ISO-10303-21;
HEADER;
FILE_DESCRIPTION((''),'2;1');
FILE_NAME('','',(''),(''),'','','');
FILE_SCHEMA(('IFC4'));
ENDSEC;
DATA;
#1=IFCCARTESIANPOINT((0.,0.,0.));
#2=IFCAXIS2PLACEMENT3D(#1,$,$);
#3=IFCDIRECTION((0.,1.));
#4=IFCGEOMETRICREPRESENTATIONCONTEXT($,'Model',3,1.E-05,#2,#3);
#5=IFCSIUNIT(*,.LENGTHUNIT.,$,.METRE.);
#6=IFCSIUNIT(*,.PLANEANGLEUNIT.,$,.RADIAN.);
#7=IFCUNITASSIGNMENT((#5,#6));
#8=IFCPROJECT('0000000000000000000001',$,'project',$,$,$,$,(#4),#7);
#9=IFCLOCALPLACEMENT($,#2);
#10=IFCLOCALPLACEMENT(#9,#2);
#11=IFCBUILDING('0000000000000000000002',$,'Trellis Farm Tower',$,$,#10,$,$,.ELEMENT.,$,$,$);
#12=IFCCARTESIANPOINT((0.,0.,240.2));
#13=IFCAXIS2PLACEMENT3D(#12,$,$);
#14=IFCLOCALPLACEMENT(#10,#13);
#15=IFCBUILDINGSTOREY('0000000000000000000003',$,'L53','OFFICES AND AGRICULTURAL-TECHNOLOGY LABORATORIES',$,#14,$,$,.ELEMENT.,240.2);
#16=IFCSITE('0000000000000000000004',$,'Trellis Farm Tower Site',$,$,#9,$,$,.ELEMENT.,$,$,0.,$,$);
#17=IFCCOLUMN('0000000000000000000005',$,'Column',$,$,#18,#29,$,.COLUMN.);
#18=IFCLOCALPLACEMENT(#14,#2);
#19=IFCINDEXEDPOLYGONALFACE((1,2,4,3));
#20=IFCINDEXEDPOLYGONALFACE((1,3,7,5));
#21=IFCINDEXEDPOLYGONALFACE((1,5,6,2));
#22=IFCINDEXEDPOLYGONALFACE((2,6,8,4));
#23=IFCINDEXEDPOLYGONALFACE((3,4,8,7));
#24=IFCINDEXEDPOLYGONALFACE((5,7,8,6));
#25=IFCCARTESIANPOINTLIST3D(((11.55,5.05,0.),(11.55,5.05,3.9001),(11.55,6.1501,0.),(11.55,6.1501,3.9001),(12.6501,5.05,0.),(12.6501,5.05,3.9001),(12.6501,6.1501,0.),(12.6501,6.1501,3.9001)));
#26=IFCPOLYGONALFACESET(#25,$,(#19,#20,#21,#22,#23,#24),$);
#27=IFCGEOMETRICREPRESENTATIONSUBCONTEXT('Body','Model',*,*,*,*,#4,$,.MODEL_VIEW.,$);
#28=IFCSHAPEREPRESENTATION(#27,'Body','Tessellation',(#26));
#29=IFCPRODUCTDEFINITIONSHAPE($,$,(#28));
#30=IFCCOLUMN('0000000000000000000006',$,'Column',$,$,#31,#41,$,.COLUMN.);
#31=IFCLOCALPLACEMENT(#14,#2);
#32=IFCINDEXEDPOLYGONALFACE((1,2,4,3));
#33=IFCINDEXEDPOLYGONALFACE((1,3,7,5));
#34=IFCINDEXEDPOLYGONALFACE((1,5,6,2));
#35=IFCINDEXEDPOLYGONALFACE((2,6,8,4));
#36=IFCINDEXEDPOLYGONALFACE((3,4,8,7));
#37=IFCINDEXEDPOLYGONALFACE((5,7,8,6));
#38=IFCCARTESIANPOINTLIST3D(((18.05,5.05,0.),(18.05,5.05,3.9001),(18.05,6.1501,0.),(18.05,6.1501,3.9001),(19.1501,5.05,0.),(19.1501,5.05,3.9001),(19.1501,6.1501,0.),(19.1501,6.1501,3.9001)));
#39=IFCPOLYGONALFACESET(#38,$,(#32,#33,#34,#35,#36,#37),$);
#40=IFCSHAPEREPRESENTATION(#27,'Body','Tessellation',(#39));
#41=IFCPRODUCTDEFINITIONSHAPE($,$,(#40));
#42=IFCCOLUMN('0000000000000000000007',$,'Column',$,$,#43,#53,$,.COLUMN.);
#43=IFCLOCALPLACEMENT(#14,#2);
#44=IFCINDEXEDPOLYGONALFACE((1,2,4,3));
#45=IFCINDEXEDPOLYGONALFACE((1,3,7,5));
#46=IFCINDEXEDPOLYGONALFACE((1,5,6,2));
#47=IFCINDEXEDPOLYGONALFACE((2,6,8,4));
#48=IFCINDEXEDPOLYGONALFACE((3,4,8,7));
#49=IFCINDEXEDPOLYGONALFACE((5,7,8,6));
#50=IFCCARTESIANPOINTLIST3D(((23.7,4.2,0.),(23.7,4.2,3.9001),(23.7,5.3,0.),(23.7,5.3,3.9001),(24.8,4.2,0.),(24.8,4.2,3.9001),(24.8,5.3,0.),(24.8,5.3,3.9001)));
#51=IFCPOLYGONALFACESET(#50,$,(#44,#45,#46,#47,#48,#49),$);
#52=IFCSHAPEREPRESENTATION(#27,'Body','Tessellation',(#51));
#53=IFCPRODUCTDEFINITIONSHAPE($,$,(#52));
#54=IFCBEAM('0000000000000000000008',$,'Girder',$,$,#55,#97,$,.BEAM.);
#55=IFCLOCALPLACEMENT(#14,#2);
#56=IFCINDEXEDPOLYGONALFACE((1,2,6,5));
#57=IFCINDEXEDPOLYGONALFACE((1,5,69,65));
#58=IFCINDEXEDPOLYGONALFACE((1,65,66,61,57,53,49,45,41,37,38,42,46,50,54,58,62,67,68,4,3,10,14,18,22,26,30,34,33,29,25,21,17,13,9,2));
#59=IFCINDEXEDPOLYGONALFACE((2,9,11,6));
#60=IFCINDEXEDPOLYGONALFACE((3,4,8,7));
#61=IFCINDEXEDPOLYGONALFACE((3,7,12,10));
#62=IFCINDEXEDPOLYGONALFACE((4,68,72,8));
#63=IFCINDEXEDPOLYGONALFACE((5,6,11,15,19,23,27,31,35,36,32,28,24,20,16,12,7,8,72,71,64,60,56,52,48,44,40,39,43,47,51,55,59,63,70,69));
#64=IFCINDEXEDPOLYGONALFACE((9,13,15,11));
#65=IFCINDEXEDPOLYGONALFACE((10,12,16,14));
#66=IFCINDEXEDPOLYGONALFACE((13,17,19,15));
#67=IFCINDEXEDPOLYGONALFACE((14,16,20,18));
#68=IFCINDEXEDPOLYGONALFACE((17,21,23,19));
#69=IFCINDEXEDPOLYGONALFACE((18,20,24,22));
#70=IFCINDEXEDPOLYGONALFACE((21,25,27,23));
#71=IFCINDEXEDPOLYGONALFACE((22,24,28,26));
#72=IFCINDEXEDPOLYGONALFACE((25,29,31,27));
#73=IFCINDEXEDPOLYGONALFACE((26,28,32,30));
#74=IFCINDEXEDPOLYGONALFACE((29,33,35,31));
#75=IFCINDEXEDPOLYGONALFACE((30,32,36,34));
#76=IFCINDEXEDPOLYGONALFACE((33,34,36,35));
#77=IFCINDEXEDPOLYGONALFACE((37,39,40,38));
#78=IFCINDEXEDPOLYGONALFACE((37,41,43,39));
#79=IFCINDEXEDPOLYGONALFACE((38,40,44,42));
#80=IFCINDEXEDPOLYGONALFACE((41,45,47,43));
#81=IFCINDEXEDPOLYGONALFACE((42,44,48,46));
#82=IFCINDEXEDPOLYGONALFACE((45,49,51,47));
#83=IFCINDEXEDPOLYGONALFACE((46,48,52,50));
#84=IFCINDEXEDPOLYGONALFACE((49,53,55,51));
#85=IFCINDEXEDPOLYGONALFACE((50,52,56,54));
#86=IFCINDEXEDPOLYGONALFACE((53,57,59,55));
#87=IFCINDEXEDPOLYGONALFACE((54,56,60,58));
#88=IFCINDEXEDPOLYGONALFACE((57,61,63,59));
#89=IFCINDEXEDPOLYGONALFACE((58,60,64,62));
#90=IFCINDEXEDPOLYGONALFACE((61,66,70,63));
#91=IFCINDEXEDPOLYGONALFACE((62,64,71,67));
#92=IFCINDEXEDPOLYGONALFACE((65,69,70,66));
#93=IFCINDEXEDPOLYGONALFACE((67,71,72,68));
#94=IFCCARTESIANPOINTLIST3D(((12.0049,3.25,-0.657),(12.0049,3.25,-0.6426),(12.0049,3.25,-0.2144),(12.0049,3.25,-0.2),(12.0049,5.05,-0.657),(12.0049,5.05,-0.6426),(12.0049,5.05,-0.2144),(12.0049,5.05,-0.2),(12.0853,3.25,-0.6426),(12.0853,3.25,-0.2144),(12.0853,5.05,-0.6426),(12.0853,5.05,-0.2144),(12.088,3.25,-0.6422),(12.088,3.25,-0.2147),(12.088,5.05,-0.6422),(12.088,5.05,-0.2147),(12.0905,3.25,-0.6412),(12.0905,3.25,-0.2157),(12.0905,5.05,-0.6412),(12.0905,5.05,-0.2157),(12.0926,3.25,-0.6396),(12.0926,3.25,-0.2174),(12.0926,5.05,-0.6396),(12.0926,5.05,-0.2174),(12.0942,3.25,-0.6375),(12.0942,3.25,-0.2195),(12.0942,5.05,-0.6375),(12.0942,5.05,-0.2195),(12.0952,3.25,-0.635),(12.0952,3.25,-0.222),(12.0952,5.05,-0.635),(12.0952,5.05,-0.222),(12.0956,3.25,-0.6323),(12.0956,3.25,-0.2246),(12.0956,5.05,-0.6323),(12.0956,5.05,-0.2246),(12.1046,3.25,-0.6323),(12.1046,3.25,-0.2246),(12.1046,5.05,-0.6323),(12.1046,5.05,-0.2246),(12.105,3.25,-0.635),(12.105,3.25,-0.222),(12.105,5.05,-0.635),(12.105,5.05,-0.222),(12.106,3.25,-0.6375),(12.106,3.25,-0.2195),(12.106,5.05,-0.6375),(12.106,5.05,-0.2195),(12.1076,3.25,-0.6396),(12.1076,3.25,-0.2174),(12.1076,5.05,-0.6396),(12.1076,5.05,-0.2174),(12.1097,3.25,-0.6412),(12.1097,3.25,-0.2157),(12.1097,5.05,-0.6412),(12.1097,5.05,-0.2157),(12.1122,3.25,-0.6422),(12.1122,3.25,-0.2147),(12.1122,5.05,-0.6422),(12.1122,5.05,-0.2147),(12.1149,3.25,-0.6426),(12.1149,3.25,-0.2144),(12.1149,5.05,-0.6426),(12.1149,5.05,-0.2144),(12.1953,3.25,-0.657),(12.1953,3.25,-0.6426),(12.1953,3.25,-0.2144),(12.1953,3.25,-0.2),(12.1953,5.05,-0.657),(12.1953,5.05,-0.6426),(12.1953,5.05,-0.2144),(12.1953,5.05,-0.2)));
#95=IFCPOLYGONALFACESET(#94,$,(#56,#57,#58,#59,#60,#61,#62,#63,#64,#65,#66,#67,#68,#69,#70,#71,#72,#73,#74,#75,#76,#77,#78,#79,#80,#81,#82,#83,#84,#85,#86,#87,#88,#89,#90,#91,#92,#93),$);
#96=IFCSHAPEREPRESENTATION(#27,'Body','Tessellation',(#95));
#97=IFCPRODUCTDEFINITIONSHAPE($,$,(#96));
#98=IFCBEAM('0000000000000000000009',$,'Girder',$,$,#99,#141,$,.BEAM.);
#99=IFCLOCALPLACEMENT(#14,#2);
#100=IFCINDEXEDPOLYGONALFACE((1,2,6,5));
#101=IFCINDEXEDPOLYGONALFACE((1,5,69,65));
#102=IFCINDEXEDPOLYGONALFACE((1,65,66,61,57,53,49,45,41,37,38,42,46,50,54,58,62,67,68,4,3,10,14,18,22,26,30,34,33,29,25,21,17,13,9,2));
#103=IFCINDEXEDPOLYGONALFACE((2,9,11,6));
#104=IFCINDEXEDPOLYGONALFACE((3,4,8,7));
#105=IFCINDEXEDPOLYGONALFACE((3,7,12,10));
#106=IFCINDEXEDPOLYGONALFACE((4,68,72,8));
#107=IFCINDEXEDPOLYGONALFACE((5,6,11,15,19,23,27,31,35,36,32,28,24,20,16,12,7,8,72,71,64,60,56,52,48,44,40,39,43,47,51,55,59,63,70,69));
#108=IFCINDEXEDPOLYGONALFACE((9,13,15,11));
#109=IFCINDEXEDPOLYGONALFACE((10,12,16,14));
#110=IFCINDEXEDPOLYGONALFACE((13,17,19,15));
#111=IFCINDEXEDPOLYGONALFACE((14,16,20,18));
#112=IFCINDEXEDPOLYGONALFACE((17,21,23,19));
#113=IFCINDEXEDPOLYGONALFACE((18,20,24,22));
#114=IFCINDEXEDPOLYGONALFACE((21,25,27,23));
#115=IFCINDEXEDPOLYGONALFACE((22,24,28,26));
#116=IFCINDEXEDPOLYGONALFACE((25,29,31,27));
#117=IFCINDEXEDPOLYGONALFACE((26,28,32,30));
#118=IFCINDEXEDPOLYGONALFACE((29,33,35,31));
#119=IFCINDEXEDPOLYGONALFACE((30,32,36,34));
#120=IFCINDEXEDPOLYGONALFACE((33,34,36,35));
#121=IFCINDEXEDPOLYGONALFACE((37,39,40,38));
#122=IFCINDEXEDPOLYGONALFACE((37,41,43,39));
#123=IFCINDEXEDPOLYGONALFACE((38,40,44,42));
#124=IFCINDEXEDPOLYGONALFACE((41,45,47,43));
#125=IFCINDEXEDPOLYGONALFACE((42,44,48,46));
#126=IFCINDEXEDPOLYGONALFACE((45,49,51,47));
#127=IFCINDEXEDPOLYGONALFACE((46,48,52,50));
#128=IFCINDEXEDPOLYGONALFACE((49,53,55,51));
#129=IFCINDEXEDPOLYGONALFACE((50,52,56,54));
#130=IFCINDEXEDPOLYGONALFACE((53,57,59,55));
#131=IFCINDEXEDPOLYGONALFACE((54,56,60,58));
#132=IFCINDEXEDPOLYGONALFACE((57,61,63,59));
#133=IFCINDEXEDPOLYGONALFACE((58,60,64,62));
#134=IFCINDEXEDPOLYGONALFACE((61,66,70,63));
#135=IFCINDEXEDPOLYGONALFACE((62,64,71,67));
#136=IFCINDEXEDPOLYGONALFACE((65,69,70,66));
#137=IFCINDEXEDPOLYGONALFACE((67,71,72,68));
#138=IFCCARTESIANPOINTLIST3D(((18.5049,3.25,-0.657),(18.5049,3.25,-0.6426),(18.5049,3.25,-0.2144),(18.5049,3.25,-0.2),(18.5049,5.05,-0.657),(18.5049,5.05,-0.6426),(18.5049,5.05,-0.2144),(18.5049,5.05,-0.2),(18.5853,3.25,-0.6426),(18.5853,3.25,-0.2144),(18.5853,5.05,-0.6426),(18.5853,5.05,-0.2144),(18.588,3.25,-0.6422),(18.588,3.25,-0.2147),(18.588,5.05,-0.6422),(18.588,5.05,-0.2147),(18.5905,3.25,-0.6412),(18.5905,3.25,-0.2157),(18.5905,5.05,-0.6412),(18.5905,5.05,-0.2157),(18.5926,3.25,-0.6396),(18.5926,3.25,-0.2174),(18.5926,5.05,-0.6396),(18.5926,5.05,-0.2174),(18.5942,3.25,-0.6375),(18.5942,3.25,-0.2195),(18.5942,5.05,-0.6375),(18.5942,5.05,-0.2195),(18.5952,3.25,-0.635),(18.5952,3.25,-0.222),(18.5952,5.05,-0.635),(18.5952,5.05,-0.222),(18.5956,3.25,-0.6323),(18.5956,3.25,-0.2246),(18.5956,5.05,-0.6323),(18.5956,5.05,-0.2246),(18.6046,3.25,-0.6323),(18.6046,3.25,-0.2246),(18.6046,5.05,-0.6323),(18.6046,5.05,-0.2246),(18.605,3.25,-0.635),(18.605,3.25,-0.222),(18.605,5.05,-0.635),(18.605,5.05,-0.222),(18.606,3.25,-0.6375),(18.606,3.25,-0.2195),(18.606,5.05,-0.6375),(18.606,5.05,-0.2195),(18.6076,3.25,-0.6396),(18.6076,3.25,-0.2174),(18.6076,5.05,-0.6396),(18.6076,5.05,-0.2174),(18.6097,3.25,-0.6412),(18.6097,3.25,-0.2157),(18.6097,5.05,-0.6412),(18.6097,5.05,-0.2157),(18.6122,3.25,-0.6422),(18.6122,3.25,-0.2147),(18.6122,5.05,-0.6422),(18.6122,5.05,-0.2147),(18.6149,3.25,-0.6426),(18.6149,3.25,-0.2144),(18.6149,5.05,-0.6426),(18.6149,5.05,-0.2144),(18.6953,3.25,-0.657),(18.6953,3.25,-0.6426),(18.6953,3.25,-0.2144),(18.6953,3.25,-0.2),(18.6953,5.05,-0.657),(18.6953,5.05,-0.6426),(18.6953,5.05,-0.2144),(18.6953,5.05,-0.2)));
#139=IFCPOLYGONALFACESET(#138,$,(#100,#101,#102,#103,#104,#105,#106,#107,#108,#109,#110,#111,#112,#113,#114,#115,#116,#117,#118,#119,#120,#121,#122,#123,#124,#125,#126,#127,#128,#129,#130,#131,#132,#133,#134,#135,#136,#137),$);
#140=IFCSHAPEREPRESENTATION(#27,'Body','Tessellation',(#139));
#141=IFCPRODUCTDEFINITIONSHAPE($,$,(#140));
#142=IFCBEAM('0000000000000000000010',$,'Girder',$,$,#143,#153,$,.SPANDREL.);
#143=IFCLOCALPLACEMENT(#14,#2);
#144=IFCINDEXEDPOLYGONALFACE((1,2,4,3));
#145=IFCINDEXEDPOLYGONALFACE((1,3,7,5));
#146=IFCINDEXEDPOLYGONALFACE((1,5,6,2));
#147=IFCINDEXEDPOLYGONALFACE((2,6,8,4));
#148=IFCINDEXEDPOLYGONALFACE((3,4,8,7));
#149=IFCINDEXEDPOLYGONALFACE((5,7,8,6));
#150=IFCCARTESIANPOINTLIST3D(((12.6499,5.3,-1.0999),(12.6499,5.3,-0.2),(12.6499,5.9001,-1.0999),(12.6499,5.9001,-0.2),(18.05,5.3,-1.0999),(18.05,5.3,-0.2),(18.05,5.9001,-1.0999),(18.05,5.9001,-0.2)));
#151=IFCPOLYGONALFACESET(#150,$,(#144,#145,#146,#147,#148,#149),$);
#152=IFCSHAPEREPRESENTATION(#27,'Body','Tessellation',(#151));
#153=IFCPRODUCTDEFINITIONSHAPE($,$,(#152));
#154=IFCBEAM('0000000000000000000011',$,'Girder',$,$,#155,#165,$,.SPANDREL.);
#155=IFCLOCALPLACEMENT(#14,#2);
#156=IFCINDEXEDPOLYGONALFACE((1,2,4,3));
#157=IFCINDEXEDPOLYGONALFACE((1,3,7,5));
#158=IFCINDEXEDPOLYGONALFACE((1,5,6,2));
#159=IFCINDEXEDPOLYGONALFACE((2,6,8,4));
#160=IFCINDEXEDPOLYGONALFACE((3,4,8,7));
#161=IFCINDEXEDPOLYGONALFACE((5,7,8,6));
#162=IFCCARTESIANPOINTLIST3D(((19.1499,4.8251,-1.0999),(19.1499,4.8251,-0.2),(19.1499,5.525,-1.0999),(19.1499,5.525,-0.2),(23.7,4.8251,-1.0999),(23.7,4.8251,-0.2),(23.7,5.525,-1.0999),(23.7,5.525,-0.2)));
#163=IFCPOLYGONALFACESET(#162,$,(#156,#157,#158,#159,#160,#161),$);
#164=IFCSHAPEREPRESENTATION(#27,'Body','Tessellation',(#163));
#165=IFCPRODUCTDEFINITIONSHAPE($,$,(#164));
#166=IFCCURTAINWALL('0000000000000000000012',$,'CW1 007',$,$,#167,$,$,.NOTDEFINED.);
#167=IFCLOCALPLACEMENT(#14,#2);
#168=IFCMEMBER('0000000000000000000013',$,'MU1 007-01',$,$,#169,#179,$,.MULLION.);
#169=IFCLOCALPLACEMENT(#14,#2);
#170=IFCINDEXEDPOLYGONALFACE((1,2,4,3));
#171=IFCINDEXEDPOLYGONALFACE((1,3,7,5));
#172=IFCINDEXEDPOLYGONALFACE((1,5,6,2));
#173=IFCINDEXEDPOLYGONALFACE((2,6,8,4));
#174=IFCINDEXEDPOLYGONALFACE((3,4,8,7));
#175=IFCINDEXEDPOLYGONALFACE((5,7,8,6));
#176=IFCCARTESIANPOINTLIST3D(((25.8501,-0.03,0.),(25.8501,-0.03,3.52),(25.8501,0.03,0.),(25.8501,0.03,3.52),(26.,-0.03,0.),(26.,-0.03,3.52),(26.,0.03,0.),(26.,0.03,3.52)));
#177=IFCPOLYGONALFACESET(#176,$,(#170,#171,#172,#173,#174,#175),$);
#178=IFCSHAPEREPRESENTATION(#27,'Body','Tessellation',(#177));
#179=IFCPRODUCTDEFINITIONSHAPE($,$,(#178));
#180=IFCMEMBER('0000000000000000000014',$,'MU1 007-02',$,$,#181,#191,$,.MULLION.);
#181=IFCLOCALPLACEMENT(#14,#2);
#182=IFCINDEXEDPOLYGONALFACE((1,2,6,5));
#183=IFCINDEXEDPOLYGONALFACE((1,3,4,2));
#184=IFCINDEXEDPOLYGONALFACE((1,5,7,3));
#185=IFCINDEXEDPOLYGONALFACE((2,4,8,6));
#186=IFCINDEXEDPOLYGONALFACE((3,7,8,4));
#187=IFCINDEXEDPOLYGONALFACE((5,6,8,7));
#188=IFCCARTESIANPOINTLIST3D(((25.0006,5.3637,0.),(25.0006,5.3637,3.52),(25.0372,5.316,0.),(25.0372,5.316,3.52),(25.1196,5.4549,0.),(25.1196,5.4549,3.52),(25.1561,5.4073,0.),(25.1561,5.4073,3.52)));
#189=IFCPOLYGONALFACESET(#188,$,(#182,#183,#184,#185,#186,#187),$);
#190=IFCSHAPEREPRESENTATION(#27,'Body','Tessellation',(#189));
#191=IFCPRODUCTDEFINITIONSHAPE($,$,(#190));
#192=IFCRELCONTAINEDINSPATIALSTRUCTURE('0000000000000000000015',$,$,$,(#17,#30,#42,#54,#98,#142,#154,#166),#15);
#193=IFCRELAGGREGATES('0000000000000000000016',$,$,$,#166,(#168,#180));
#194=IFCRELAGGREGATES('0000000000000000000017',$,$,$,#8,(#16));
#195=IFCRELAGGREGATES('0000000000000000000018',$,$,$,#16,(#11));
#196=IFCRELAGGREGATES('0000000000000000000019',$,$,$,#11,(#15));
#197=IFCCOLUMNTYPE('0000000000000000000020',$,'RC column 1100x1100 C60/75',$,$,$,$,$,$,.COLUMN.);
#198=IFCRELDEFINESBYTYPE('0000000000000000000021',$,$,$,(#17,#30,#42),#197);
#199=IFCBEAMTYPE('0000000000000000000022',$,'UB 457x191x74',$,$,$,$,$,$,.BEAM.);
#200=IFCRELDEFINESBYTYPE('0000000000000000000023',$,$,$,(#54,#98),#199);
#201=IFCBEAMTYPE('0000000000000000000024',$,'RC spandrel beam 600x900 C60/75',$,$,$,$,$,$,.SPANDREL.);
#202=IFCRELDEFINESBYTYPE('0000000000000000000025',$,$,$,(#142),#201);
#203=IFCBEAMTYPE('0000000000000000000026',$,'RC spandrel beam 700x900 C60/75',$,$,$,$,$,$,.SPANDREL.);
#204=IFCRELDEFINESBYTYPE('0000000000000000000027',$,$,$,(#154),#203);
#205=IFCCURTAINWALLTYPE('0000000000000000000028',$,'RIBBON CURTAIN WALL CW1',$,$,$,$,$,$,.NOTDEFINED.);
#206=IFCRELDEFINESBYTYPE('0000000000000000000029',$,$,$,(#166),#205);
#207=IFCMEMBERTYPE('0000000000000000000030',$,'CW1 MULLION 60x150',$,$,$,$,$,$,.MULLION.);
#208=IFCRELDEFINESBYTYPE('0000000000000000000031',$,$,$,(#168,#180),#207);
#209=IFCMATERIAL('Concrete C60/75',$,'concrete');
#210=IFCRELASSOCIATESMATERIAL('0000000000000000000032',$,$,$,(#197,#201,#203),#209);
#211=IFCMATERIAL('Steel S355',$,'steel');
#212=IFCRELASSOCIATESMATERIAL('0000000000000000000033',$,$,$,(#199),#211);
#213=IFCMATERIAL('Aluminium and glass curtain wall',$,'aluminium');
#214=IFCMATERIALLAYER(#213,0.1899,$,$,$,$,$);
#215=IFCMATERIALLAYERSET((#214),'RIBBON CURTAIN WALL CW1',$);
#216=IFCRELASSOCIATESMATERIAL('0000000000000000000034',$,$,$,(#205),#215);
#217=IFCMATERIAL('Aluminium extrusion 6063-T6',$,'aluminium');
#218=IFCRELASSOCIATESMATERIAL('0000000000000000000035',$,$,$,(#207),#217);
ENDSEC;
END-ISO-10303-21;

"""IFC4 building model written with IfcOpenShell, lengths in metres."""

from ifc_helpers import new_model, si_unit, direction, frame, origin, origin_2d, place, context, subcontext, project, spatial, rectangle, i_section, extrude, source, transform, mapped, material, layer, layer_set, material_profile, profile_set, type_object, element, aggregate, save


model = new_model("IFC4")

# Units and contexts
model_context = context("Model", 3, precision=1e-05, world=origin(), true_north=direction((0.0, 1.0)))
body_context = subcontext(model_context, "Body", "Model", "MODEL_VIEW")
ifc_project = project(units=[si_unit("LENGTHUNIT", "METRE"), si_unit("PLANEANGLEUNIT", "RADIAN")], contexts=[model_context])

# Site, building, storey
site_placement = place(None, origin())
site = spatial("IfcSite", under=ifc_project, at=site_placement, Name="Trellis Farm Tower Site", CompositionType="ELEMENT", RefElevation=0.0)
building_placement = place(site_placement, origin())
building = spatial("IfcBuilding", under=site, at=building_placement, Name="Trellis Farm Tower", CompositionType="ELEMENT")
storey_placement = place(building_placement, frame((0.0, 0.0, 240.2)))
storey = spatial("IfcBuildingStorey", under=building, at=storey_placement, Name="L53", Description="OFFICES AND AGRICULTURAL-TECHNOLOGY LABORATORIES", CompositionType="ELEMENT", Elevation=240.2)

# Columns
ifc_material_1 = material(Name="Concrete C60/75", Category="concrete")
ifc_material_profile_1 = material_profile(ifc_material_1, rectangle(XDim=1.1001, YDim=1.1001, at=origin_2d()), Name="RC column 1100x1100 C60/75")
ifc_profile_set_1 = profile_set([ifc_material_profile_1], Name="Concrete C60/75")
column_type = type_object("IfcColumnType", Name="RC column 1100x1100 C60/75", PredefinedType="COLUMN", material=ifc_profile_set_1)
shared_shape_1 = source(origin(), body_context, "Body", "SweptSolid", [
    extrude(rectangle(XDim=1.1001, YDim=1.1001, at=origin_2d()), origin(), (0.0, 0.0, 1.0), 3.9001),
])
for number, where, z_axis, x_axis, name in (
    (1, (12.1001, 5.6001, 0.0), (0.0, 0.0, 1.0), (1.0, 0.0, 0.0), "Column"),
    (2, (18.6001, 5.6001, 0.0), (0.0, 0.0, 1.0), (1.0, 0.0, 0.0), "Column"),
    (3, (24.25, 4.75, 0.0), (0.0, 0.0, 1.0), (1.0, 0.0, 0.0), "Column"),
):
    element("IfcColumn", number, at=place(storey_placement, frame(where, z_axis=z_axis, x_axis=x_axis)), inside=storey, type_object=column_type, Name=name, PredefinedType="COLUMN", context=body_context, shape_type="MappedRepresentation", body=[
        mapped(shared_shape_1, transform((0.0, 0.0, 0.0))),
    ])

# Beams
ifc_material_2 = material(Name="Steel S355", Category="steel")
ifc_material_profile_2 = material_profile(ifc_material_2, i_section(OverallWidth=0.1904, OverallDepth=0.457, WebThickness=0.009, FlangeThickness=0.0144, FilletRadius=0.0103, at=origin_2d()), Name="UB 457x191x74")
ifc_profile_set_2 = profile_set([ifc_material_profile_2], Name="Steel S355")
beam_type_1 = type_object("IfcBeamType", Name="UB 457x191x74", PredefinedType="BEAM", material=ifc_profile_set_2)
shared_shape_2 = source(origin(), body_context, "Body", "SweptSolid", [
    extrude(i_section(OverallWidth=0.1904, OverallDepth=0.457, WebThickness=0.009, FlangeThickness=0.0144, FilletRadius=0.0103, at=origin_2d()), origin(), (0.0, 0.0, 1.0), 1.8),
])
for number, where, z_axis, x_axis, name in (
    (4, (12.1001, 3.25, -0.4285), (0.0, 1.0, 0.0), (-1.0, 0.0, 0.0), "Girder"),
    (5, (18.6001, 3.25, -0.4285), (0.0, 1.0, 0.0), (-1.0, 0.0, 0.0), "Girder"),
):
    element("IfcBeam", number, at=place(storey_placement, frame(where, z_axis=z_axis, x_axis=x_axis)), inside=storey, type_object=beam_type_1, Name=name, PredefinedType="BEAM", context=body_context, shape_type="MappedRepresentation", body=[
        mapped(shared_shape_2, transform((0.0, 0.0, 0.0))),
    ])
ifc_material_profile_3 = material_profile(ifc_material_1, rectangle(XDim=0.6001, YDim=0.8999, at=origin_2d()), Name="RC spandrel beam 600x900 C60/75")
ifc_profile_set_3 = profile_set([ifc_material_profile_3], Name="Concrete C60/75")
beam_type_2 = type_object("IfcBeamType", Name="RC spandrel beam 600x900 C60/75", PredefinedType="SPANDREL", material=ifc_profile_set_3)
shared_shape_3 = source(origin(), body_context, "Body", "SweptSolid", [
    extrude(rectangle(XDim=0.6001, YDim=0.8999, at=origin_2d()), origin(), (0.0, 0.0, 1.0), 5.4001),
])
beam_1_placement = place(storey_placement, frame((12.6499, 5.6001, -0.6499), z_axis=(1.0, 0.0, 0.0), x_axis=(0.0, 1.0, 0.0)))
element("IfcBeam", 6, at=beam_1_placement, inside=storey, type_object=beam_type_2, Name="Girder", PredefinedType="SPANDREL", context=body_context, shape_type="MappedRepresentation", body=[
    mapped(shared_shape_3, transform((0.0, 0.0, 0.0))),
])
ifc_material_profile_4 = material_profile(ifc_material_1, rectangle(XDim=0.7, YDim=0.8999, at=origin_2d()), Name="RC spandrel beam 700x900 C60/75")
ifc_profile_set_4 = profile_set([ifc_material_profile_4], Name="Concrete C60/75")
beam_type_3 = type_object("IfcBeamType", Name="RC spandrel beam 700x900 C60/75", PredefinedType="SPANDREL", material=ifc_profile_set_4)
shared_shape_4 = source(origin(), body_context, "Body", "SweptSolid", [
    extrude(rectangle(XDim=0.7, YDim=0.8999, at=origin_2d()), origin(), (0.0, 0.0, 1.0), 4.55),
])
beam_2_placement = place(storey_placement, frame((19.1499, 5.175, -0.6499), z_axis=(1.0, 0.0, 0.0), x_axis=(0.0, 1.0, 0.0)))
element("IfcBeam", 7, at=beam_2_placement, inside=storey, type_object=beam_type_3, Name="Girder", PredefinedType="SPANDREL", context=body_context, shape_type="MappedRepresentation", body=[
    mapped(shared_shape_4, transform((0.0, 0.0, 0.0))),
])

# Curtain wall, members
ifc_material_3 = material(Name="Aluminium and glass curtain wall", Category="aluminium")
ifc_layer_1 = layer(ifc_material_3, 0.1899)
ifc_layer_set_1 = layer_set([ifc_layer_1], Name="RIBBON CURTAIN WALL CW1")
curtain_wall_type = type_object("IfcCurtainWallType", Name="RIBBON CURTAIN WALL CW1", PredefinedType="NOTDEFINED", material=ifc_layer_set_1)
placement = place(storey_placement, origin())
curtain_wall_1 = element("IfcCurtainWall", 8, at=placement, inside=storey, type_object=curtain_wall_type, Name="CW1 007", PredefinedType="NOTDEFINED")
ifc_material_4 = material(Name="Aluminium extrusion 6063-T6", Category="aluminium")
ifc_material_profile_5 = material_profile(ifc_material_4, rectangle(XDim=0.0601, YDim=0.1499, at=origin_2d()), Name="MULLION 60x150")
ifc_profile_set_5 = profile_set([ifc_material_profile_5], Name="Aluminium extrusion 6063-T6")
member_type = type_object("IfcMemberType", Name="CW1 MULLION 60x150", PredefinedType="MULLION", material=ifc_profile_set_5)
shared_shape_5 = source(origin(), body_context, "Body", "SweptSolid", [
    extrude(rectangle(XDim=0.0601, YDim=0.1499, at=origin_2d()), origin(), (0.0, 0.0, 1.0), 3.52),
])
member_1_placement = place(storey_placement, frame((25.925, 0.0, 0.0), z_axis=(0.0, 0.0, 1.0), x_axis=(0.0, 1.0, 0.0)))
member_1 = element("IfcMember", 9, at=member_1_placement, type_object=member_type, Name="MU1 007-01", PredefinedType="MULLION", context=body_context, shape_type="MappedRepresentation", body=[
    mapped(shared_shape_5, transform((0.0, 0.0, 0.0))),
])
member_2_placement = place(storey_placement, frame((25.0784, 5.3855, 0.0), z_axis=(0.0, 0.0, 1.0), x_axis=(-0.608761, 0.793353, 0.0)))
member_2 = element("IfcMember", 10, at=member_2_placement, type_object=member_type, Name="MU1 007-02", PredefinedType="MULLION", context=body_context, shape_type="MappedRepresentation", body=[
    mapped(shared_shape_5, transform((0.0, 0.0, 0.0))),
])
aggregate(curtain_wall_1, [member_1, member_2])

save(model, "model.ifc")
